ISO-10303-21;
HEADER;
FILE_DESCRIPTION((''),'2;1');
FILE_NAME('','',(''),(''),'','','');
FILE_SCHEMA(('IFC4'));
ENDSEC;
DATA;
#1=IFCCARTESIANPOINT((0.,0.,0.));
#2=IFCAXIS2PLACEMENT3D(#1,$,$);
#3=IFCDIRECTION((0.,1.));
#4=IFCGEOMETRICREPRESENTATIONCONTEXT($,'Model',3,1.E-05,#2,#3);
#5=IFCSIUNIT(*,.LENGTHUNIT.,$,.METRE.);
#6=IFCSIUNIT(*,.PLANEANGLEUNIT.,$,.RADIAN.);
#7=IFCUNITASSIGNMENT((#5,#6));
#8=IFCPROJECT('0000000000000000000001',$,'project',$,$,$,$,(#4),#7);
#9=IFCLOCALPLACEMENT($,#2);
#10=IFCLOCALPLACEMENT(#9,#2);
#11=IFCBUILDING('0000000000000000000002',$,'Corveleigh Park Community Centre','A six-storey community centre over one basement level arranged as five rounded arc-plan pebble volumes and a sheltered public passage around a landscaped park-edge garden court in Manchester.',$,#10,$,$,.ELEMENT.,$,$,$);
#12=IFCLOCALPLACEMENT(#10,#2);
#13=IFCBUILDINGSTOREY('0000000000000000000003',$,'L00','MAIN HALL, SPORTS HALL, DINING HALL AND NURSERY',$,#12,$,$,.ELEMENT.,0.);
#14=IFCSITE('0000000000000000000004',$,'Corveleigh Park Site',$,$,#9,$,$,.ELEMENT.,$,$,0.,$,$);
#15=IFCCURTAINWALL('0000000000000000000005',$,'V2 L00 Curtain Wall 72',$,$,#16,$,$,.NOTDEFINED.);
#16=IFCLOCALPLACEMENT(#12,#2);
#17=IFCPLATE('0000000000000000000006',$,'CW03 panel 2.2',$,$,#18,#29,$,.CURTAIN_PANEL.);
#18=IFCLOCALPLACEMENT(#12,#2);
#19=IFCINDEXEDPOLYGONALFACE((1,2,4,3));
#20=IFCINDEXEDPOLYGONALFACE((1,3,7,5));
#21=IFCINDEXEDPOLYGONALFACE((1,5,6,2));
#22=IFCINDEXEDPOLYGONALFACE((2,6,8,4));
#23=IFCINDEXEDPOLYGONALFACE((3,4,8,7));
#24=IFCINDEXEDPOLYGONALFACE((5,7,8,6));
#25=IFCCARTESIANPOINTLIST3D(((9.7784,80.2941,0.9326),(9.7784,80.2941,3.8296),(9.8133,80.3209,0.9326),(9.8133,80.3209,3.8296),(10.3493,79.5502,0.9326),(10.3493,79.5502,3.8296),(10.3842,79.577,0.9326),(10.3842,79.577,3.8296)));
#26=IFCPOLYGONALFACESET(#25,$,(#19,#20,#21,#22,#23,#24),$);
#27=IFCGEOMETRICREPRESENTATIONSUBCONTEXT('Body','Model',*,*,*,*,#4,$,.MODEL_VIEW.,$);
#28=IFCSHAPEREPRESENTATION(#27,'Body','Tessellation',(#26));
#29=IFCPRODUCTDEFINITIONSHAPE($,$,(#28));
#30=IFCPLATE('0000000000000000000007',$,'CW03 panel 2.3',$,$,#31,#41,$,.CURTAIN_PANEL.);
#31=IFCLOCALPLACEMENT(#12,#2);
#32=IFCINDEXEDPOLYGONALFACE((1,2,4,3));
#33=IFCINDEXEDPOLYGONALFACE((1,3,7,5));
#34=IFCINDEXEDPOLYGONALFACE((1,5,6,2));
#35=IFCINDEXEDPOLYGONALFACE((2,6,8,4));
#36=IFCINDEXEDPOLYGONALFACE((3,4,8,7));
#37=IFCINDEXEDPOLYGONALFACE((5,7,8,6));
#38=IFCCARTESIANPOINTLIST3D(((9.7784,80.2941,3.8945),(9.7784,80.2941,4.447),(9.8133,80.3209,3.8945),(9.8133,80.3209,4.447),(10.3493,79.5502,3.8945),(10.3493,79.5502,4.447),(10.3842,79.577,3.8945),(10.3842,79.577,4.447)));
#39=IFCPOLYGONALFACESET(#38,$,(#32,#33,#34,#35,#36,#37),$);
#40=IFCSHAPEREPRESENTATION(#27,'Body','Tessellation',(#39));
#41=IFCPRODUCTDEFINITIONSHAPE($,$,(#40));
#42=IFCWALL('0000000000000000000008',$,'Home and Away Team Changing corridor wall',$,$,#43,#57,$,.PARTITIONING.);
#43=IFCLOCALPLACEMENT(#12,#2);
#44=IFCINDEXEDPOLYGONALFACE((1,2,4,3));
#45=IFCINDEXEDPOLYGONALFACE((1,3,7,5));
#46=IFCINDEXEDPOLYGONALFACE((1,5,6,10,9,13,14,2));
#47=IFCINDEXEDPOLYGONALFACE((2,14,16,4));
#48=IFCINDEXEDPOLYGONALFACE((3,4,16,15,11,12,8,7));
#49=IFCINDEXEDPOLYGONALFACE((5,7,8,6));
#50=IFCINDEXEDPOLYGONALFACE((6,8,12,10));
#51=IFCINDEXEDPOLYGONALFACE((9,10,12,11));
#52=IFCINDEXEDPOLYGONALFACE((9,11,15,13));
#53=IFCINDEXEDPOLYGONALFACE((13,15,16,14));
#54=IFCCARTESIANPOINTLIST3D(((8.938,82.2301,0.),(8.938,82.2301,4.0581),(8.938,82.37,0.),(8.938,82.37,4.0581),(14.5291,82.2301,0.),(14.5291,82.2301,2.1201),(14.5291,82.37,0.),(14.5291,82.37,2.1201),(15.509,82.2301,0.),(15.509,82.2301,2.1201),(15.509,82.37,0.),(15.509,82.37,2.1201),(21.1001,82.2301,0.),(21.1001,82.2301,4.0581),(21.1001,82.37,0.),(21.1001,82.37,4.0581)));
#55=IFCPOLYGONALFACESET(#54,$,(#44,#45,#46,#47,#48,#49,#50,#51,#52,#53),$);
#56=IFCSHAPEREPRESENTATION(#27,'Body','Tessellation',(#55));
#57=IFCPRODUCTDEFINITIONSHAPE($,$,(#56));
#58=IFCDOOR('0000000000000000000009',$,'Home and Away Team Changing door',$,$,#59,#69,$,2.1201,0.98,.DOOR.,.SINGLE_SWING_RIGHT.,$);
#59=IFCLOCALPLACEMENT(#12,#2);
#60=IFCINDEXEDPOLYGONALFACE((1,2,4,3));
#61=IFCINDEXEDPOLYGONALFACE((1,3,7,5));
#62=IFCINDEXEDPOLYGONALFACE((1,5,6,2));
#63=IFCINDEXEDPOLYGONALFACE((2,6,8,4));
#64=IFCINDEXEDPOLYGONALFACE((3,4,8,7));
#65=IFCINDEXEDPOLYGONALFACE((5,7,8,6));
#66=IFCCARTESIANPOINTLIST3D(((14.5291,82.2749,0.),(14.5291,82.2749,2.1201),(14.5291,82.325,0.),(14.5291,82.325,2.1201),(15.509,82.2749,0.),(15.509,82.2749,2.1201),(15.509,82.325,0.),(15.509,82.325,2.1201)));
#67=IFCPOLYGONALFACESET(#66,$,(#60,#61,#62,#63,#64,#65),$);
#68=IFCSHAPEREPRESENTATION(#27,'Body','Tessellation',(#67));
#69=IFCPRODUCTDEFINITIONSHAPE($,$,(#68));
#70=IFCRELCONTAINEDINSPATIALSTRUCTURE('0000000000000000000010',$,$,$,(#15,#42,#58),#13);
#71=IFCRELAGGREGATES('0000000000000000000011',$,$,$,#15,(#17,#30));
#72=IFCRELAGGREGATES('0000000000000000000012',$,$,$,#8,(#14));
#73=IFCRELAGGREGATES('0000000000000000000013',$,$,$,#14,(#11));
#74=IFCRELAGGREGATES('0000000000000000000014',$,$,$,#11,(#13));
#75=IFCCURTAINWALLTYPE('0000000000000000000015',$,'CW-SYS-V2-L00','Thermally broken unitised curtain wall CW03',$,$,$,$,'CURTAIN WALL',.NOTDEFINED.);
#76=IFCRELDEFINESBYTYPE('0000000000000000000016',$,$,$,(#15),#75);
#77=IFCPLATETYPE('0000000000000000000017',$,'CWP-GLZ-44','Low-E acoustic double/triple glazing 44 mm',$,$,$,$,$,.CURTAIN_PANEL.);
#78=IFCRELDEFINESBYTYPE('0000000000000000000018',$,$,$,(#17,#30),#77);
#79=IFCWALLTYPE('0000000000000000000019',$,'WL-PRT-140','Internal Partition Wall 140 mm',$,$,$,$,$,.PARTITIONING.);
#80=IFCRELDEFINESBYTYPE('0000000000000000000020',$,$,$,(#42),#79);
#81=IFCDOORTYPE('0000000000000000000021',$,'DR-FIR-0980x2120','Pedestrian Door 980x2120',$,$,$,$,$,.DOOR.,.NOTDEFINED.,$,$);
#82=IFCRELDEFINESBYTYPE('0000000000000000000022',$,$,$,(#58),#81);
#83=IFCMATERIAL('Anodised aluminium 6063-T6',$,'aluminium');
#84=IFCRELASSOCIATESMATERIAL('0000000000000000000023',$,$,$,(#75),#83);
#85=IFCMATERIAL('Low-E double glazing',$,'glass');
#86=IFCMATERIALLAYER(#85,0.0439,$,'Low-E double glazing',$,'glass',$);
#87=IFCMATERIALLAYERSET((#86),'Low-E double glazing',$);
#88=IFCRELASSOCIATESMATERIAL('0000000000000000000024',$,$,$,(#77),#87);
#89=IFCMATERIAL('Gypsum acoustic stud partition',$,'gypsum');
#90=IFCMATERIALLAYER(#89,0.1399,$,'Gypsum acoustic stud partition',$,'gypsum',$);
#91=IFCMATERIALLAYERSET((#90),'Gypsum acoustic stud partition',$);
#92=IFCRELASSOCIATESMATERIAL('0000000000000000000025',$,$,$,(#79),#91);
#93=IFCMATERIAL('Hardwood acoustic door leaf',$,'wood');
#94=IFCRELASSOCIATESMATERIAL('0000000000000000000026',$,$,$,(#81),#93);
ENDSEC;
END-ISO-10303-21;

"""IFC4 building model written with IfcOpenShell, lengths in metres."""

from ifc_helpers import new_model, si_unit, direction, frame, frame_2d, origin, origin_2d, place, context, subcontext, project, spatial, rectangle, extrude, material, layer, layer_set, type_object, element, fill, aggregate, save


model = new_model("IFC4")

# Units and contexts
model_context = context("Model", 3, precision=1e-05, world=origin(), true_north=direction((0.0, 1.0)))
body_context = subcontext(model_context, "Body", "Model", "MODEL_VIEW")
ifc_project = project(units=[si_unit("LENGTHUNIT", "METRE"), si_unit("PLANEANGLEUNIT", "RADIAN")], contexts=[model_context])

# Site, building, storey
site_placement = place(None, origin())
site = spatial("IfcSite", under=ifc_project, at=site_placement, Name="Corveleigh Park Site", CompositionType="ELEMENT", RefElevation=0.0)
building_placement = place(site_placement, origin())
building = spatial("IfcBuilding", under=site, at=building_placement, Name="Corveleigh Park Community Centre", Description="A six-storey community centre over one basement level arranged as five rounded arc-plan pebble volumes and a sheltered public passage around a landscaped park-edge garden court in Manchester.", CompositionType="ELEMENT")
storey_placement = place(building_placement, origin())
storey = spatial("IfcBuildingStorey", under=building, at=storey_placement, Name="L00", Description="MAIN HALL, SPORTS HALL, DINING HALL AND NURSERY", CompositionType="ELEMENT", Elevation=0.0)

# Shared definitions
ifc_material_1 = material(Name="Anodised aluminium 6063-T6", Category="aluminium")
curtain_wall_type = type_object("IfcCurtainWallType", Name="CW-SYS-V2-L00", Description="Thermally broken unitised curtain wall CW03", ElementType="CURTAIN WALL", PredefinedType="NOTDEFINED", material=ifc_material_1)

# Curtain wall
curtain_wall_1_placement = place(storey_placement, origin())
curtain_wall_1 = element("IfcCurtainWall", 1, at=curtain_wall_1_placement, inside=storey, type_object=curtain_wall_type, Name="V2 L00 Curtain Wall 72", PredefinedType="NOTDEFINED")

# Plates
ifc_material_2 = material(Name="Low-E double glazing", Category="glass")
ifc_layer_1 = layer(ifc_material_2, 0.0439, Name="Low-E double glazing", Category="glass")
ifc_layer_set_1 = layer_set([ifc_layer_1], Name="Low-E double glazing")
plate_type_1 = type_object("IfcPlateType", Name="CWP-GLZ-44", Description="Low-E acoustic double/triple glazing 44 mm", PredefinedType="CURTAIN_PANEL", material=ifc_layer_set_1)
plate_1_placement = place(storey_placement, frame((10.0813, 79.9355, 0.9326), z_axis=(0.0, 0.0, 1.0), x_axis=(-0.608826, 0.793304, 0.0)))
plate_1 = element("IfcPlate", 2, at=plate_1_placement, type_object=plate_type_1, Name="CW03 panel 2.2", PredefinedType="CURTAIN_PANEL", context=body_context, shape_type="SweptSolid", body=[
    extrude(rectangle(XDim=0.9377, YDim=0.0439, at=origin_2d()), origin(), (0.0, 0.0, 1.0), 2.897),
])
plate_2_placement = place(storey_placement, frame((10.0813, 79.9355, 3.8945), z_axis=(0.0, 0.0, 1.0), x_axis=(-0.608826, 0.793304, 0.0)))
plate_2 = element("IfcPlate", 3, at=plate_2_placement, type_object=plate_type_1, Name="CW03 panel 2.3", PredefinedType="CURTAIN_PANEL", context=body_context, shape_type="SweptSolid", body=[
    extrude(rectangle(XDim=0.9377, YDim=0.0439, at=origin_2d()), origin(), (0.0, 0.0, 1.0), 0.5525),
])
aggregate(curtain_wall_1, [plate_1, plate_2])

# Wall, opening, door
ifc_material_3 = material(Name="Gypsum acoustic stud partition", Category="gypsum")
ifc_layer_2 = layer(ifc_material_3, 0.1399, Name="Gypsum acoustic stud partition", Category="gypsum")
ifc_layer_set_2 = layer_set([ifc_layer_2], Name="Gypsum acoustic stud partition")
wall_type = type_object("IfcWallType", Name="WL-PRT-140", Description="Internal Partition Wall 140 mm", PredefinedType="PARTITIONING", material=ifc_layer_set_2)
wall_placement = place(storey_placement, frame((8.938, 82.3, 0.0), z_axis=(0.0, 0.0, 1.0), x_axis=(1.0, 0.0, 0.0)))
wall = element("IfcWall", 4, at=wall_placement, inside=storey, type_object=wall_type, Name="Home and Away Team Changing corridor wall", PredefinedType="PARTITIONING", context=body_context, shape_type="SweptSolid", body=[
    extrude(rectangle(XDim=12.1621, YDim=0.1399, at=frame_2d((6.0811, 0.0))), origin(), (0.0, 0.0, 1.0), 4.0581),
])
opening_placement = place(wall_placement, frame((5.5911, 0.0, 0.0)))
opening = element("IfcOpeningElement", 5, at=opening_placement, cuts=wall, PredefinedType="OPENING", context=body_context, shape_type="SweptSolid", body=[
    extrude(rectangle(XDim=0.98, YDim=2.1201, at=frame_2d((0.49, 1.0601))), frame((0.0, 0.0798, 0.0), z_axis=(0.0, -1.0, 0.0), x_axis=(1.0, 0.0, 0.0)), (0.0, 0.0, 1.0), 0.1599),
])
ifc_material_4 = material(Name="Hardwood acoustic door leaf", Category="wood")
door_type = type_object("IfcDoorType", Name="DR-FIR-0980x2120", Description="Pedestrian Door 980x2120", OperationType="NOTDEFINED", PredefinedType="DOOR", material=ifc_material_4)
door_placement = place(opening_placement, origin())
door = element("IfcDoor", 6, at=door_placement, inside=storey, type_object=door_type, Name="Home and Away Team Changing door", OperationType="SINGLE_SWING_RIGHT", OverallHeight=2.1201, OverallWidth=0.98, PredefinedType="DOOR", context=body_context, shape_type="SweptSolid", body=[
    extrude(rectangle(XDim=0.98, YDim=2.1201, at=frame_2d((0.49, 1.0601))), frame((0.0, 0.0249, 0.0), z_axis=(0.0, -1.0, 0.0), x_axis=(1.0, 0.0, 0.0)), (0.0, 0.0, 1.0), 0.05),
])
fill(opening, door)

save(model, "model.ifc")
